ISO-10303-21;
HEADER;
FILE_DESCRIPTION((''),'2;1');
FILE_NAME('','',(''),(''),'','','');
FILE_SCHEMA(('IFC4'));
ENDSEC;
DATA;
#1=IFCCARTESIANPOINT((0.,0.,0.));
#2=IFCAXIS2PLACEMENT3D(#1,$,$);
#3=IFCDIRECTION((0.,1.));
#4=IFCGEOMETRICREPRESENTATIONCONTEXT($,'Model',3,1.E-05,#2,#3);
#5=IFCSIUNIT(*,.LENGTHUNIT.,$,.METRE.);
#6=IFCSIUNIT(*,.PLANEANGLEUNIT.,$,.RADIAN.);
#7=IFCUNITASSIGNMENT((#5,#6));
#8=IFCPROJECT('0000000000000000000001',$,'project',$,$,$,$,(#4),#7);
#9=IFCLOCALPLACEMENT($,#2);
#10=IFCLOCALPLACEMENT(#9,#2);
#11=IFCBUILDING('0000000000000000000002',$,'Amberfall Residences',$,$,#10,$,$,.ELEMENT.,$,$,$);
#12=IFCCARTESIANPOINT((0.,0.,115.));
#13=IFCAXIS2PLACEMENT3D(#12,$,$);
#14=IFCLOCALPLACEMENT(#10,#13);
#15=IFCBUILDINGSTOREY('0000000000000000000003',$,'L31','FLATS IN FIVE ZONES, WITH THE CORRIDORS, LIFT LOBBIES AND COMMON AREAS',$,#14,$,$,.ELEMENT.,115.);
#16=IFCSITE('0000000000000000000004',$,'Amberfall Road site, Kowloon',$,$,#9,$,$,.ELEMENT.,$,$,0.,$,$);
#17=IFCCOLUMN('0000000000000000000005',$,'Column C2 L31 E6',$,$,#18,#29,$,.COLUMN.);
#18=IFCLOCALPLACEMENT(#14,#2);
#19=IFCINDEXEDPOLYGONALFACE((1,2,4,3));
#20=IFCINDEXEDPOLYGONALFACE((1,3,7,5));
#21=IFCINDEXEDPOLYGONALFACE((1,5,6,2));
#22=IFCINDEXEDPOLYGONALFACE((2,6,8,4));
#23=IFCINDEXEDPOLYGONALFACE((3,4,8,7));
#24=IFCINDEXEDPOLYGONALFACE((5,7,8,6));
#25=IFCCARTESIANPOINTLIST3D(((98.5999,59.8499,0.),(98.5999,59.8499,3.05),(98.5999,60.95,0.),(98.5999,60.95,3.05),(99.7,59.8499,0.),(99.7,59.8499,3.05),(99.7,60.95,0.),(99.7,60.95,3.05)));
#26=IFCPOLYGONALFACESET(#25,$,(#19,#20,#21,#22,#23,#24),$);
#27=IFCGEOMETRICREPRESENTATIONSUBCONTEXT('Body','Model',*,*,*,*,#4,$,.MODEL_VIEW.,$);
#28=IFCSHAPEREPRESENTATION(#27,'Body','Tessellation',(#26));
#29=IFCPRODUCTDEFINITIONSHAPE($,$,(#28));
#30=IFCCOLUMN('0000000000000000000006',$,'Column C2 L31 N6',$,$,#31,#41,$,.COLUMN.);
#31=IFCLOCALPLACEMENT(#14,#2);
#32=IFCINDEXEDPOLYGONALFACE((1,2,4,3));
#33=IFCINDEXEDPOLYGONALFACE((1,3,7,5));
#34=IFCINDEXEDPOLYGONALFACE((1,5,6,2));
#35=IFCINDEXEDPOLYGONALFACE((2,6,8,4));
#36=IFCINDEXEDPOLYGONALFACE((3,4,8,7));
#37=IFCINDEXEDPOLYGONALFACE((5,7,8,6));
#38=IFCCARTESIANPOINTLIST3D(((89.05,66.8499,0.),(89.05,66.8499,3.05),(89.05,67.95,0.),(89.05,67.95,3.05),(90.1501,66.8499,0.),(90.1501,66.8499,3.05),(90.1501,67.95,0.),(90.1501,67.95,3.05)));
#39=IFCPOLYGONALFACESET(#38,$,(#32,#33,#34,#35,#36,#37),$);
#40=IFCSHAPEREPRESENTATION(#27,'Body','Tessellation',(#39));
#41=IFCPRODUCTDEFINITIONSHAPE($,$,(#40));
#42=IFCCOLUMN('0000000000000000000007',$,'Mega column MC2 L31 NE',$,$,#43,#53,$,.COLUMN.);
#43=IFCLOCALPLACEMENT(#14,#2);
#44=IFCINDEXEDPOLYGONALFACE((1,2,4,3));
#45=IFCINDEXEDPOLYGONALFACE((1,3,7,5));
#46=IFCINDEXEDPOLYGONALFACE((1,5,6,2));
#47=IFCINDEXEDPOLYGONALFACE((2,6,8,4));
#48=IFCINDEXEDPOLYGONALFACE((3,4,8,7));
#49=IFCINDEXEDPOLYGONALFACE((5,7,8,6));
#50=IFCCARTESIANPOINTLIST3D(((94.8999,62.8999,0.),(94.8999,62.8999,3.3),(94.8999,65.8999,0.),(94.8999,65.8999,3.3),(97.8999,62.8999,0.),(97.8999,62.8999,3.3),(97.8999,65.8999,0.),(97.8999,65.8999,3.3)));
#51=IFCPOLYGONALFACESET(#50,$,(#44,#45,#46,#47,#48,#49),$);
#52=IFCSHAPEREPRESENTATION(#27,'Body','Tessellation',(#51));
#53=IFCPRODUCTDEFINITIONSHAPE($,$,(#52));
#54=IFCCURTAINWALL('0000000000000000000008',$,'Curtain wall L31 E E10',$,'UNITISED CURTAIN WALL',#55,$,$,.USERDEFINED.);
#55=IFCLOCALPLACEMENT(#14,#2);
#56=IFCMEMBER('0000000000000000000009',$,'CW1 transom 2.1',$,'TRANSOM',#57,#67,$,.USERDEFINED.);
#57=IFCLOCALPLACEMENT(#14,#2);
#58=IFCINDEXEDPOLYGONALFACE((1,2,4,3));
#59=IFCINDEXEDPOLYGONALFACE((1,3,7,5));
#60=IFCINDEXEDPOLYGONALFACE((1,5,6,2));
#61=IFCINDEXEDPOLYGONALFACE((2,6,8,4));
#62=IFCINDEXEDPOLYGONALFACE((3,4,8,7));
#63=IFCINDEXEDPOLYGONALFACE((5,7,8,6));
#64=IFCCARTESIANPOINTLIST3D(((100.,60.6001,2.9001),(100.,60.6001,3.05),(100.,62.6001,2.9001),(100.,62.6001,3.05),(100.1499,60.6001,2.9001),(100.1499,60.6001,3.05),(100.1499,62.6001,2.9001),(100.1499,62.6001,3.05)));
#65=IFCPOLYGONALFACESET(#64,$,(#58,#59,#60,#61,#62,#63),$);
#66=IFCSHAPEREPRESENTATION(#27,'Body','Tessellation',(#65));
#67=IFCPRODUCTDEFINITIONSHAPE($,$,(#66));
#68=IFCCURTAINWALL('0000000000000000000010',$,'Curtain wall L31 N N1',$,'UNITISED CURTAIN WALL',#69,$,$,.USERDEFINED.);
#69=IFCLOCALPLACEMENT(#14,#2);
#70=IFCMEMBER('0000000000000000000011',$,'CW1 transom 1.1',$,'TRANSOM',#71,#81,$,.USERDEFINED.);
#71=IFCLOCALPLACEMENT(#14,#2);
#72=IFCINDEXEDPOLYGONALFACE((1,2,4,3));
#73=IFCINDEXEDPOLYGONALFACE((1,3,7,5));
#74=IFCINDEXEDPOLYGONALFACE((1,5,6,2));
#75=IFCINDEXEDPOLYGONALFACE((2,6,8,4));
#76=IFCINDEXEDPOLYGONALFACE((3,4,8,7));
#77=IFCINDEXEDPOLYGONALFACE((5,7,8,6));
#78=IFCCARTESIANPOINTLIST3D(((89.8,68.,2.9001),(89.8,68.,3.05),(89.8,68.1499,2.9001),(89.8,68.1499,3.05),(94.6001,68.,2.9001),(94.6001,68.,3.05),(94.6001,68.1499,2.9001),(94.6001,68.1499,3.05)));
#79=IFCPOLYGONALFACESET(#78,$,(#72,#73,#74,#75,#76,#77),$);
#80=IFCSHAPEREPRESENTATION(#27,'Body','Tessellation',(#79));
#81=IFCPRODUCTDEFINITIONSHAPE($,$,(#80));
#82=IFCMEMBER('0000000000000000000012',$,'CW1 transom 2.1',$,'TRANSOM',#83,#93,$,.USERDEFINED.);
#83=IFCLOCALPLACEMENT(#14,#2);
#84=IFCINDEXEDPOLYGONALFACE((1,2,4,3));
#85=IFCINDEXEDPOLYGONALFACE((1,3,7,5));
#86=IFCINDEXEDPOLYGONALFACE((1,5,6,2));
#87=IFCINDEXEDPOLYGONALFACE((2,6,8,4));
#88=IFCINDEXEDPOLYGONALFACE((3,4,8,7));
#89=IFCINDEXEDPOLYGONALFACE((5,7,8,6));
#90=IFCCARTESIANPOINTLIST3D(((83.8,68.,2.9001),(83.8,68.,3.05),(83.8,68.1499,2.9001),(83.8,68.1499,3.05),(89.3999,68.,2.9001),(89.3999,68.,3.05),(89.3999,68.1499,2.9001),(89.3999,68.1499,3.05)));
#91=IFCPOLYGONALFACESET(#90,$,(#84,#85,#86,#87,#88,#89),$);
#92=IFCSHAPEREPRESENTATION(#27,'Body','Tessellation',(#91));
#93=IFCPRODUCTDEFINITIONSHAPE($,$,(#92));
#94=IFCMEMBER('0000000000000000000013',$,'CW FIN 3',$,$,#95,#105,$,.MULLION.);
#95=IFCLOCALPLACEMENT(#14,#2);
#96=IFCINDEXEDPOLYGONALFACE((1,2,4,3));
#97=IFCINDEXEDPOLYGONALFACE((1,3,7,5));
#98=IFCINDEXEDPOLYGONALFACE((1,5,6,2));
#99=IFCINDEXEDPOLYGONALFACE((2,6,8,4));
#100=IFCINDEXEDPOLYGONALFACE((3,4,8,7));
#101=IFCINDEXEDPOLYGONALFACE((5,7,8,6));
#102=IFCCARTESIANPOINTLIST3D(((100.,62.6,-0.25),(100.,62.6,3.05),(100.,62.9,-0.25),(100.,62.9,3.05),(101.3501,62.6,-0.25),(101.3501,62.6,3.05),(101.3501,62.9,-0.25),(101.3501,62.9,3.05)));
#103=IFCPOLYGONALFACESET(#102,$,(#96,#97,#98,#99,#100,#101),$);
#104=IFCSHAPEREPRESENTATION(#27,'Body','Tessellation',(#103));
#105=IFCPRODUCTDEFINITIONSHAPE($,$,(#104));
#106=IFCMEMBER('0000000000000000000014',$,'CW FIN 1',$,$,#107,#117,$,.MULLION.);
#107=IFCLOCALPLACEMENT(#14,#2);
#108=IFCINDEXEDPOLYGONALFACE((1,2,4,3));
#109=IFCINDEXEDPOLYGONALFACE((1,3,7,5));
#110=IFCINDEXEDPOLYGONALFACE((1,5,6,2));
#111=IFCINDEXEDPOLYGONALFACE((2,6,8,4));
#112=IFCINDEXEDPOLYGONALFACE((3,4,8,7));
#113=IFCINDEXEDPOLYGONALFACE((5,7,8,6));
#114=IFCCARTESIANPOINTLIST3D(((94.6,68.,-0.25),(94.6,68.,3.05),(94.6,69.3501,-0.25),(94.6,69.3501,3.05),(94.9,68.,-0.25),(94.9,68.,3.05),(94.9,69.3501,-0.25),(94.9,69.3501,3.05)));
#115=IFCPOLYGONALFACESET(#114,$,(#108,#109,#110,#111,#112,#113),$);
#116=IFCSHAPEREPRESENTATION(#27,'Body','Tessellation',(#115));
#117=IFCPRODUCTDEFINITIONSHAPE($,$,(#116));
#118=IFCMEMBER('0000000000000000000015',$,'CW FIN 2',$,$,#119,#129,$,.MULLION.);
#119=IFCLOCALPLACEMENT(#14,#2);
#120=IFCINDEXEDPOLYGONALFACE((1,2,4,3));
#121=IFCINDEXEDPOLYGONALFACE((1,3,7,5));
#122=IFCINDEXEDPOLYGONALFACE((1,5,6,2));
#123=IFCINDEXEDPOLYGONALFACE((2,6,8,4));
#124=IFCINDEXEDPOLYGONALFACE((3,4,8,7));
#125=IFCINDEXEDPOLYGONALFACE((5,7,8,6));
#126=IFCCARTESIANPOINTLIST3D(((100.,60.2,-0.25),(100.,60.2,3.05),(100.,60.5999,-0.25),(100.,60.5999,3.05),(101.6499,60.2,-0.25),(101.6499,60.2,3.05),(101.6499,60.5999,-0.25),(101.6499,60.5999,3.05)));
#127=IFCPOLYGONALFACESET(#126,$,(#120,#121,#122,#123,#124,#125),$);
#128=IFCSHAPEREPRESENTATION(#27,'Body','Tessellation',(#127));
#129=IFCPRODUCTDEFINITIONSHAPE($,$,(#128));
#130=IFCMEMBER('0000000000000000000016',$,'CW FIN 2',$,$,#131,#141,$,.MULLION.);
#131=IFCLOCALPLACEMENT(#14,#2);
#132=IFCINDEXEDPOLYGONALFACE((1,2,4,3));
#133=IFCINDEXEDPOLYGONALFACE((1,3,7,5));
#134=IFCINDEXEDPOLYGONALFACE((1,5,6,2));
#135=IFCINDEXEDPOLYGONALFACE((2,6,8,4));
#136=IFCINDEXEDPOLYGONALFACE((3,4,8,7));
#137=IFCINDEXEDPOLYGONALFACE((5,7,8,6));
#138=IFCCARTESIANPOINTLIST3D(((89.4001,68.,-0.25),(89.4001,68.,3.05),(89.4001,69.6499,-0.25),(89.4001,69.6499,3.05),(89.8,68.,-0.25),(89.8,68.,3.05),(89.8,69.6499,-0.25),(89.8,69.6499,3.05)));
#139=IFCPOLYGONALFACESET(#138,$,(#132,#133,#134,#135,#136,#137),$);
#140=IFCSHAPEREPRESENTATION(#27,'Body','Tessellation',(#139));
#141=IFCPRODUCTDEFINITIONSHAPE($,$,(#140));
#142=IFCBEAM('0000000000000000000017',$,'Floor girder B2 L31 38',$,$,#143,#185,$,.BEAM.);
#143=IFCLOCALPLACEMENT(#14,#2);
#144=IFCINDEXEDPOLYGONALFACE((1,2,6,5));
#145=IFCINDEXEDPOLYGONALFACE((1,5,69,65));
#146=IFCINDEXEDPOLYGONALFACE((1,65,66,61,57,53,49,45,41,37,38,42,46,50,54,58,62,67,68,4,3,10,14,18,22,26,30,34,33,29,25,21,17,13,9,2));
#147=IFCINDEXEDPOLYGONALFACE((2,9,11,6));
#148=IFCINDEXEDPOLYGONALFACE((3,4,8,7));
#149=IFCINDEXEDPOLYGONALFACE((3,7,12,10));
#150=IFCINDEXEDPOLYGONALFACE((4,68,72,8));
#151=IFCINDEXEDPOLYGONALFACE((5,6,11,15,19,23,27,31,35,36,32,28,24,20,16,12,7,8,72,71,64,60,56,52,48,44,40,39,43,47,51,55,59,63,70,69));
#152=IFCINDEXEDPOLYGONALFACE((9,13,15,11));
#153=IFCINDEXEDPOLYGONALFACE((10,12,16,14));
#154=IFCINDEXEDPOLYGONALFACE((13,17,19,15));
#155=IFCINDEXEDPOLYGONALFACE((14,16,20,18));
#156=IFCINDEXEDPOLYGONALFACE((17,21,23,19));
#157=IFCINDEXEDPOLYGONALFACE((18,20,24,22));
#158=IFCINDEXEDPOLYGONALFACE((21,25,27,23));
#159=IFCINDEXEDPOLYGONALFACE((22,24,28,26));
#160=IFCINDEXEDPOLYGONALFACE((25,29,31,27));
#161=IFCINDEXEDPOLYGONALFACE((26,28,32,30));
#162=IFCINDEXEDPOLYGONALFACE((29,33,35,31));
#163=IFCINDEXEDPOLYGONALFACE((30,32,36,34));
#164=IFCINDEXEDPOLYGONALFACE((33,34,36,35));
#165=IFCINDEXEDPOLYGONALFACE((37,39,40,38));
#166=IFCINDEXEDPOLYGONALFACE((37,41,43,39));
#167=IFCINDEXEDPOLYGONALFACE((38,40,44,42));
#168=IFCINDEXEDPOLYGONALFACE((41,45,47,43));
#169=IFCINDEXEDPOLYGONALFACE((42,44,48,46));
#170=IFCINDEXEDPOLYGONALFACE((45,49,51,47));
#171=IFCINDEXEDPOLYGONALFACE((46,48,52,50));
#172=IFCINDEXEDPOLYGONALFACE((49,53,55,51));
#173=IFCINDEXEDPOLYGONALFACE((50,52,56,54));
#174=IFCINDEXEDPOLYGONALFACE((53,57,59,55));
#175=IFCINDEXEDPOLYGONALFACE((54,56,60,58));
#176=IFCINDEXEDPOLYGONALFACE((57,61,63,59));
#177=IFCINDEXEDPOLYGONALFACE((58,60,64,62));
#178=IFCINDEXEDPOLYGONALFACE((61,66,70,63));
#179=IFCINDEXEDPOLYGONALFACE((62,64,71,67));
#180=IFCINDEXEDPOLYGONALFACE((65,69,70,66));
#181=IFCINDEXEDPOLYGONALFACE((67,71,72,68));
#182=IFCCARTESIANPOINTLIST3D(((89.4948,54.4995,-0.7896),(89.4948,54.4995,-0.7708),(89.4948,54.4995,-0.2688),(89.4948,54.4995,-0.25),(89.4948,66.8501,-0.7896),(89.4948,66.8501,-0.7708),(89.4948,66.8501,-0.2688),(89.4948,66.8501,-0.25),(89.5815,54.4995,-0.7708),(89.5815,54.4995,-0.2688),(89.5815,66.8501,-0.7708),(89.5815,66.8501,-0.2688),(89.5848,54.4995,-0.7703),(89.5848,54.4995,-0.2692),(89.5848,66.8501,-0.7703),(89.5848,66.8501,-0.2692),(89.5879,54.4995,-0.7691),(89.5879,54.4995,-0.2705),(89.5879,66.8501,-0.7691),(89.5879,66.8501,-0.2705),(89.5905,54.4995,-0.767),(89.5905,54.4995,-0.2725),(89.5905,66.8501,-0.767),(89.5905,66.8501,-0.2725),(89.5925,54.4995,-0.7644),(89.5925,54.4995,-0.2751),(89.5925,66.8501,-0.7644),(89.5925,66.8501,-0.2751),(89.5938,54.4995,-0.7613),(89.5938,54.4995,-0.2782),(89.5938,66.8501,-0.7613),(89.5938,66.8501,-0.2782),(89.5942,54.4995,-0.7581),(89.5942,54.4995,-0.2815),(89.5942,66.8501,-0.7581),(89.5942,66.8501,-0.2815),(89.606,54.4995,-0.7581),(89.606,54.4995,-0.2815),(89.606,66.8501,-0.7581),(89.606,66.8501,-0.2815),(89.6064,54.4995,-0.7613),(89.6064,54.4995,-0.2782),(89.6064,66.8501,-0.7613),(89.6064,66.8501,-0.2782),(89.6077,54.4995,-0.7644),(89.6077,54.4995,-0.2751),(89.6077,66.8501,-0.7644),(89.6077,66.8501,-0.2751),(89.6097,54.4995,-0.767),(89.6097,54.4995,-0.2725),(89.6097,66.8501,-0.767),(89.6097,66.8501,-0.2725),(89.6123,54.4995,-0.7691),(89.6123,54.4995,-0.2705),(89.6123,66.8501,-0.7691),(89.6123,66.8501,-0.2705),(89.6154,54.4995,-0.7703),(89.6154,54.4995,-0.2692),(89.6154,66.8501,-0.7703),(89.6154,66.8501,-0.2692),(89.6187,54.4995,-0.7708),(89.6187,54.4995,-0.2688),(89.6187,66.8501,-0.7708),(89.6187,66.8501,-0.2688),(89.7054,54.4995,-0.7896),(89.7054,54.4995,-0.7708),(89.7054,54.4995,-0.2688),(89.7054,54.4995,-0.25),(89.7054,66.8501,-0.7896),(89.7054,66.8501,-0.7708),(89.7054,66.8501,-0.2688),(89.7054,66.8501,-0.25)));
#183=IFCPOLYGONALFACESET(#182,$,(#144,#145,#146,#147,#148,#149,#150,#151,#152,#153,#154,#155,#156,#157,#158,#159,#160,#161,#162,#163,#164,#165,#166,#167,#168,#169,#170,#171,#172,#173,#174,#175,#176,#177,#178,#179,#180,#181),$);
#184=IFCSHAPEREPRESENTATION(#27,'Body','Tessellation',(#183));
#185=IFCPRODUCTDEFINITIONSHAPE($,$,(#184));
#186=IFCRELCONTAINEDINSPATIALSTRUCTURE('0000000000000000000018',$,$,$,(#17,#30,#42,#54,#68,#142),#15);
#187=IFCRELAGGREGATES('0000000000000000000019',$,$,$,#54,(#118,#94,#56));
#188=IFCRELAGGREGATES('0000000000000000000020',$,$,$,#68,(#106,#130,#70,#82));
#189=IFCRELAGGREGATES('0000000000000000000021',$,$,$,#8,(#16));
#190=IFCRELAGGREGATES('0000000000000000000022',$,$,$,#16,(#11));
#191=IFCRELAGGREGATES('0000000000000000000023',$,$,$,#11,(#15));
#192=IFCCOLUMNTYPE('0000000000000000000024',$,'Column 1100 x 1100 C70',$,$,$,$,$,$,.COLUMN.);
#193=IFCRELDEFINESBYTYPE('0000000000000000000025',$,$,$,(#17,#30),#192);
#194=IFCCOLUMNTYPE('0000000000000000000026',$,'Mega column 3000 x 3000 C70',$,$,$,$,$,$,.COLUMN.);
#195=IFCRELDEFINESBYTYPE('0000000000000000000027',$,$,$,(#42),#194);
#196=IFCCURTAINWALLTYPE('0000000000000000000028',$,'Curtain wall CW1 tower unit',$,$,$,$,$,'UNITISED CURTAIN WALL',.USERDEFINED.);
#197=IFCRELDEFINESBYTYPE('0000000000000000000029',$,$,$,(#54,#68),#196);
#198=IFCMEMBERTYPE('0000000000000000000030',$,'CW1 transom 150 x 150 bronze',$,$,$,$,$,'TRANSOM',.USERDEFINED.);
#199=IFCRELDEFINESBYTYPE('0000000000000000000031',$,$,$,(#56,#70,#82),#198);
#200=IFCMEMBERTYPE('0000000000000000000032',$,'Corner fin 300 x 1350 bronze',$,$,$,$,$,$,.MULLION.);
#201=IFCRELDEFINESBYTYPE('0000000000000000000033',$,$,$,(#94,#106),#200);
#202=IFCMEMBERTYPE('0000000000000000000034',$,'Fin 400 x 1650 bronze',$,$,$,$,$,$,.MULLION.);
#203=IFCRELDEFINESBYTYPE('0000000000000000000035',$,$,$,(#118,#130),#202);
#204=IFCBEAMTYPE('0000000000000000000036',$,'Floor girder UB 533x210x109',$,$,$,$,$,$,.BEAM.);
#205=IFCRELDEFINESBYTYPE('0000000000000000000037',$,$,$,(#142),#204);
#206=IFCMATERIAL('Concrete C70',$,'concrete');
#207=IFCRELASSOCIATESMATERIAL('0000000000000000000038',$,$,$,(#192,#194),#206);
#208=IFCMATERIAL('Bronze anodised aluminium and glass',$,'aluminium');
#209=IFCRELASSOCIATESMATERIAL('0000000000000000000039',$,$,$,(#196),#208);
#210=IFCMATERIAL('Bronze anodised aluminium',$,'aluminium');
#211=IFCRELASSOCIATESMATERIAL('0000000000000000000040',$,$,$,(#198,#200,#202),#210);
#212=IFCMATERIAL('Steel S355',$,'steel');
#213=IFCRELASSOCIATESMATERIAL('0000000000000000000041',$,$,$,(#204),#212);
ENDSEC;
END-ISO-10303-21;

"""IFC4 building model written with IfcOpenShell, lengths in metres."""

from ifc_helpers import new_model, si_unit, direction, frame, origin, origin_2d, place, context, subcontext, project, spatial, rectangle, i_section, extrude, material, material_profile, profile_set, type_object, element, aggregate, save


model = new_model("IFC4")

# Units and contexts
model_context = context("Model", 3, precision=1e-05, world=origin(), true_north=direction((0.0, 1.0)))
body_context = subcontext(model_context, "Body", "Model", "MODEL_VIEW")
ifc_project = project(units=[si_unit("LENGTHUNIT", "METRE"), si_unit("PLANEANGLEUNIT", "RADIAN")], contexts=[model_context])

# Site, building, storey
site_placement = place(None, origin())
site = spatial("IfcSite", under=ifc_project, at=site_placement, Name="Amberfall Road site, Kowloon", CompositionType="ELEMENT", RefElevation=0.0)
building_placement = place(site_placement, origin())
building = spatial("IfcBuilding", under=site, at=building_placement, Name="Amberfall Residences", CompositionType="ELEMENT")
storey_placement = place(building_placement, frame((0.0, 0.0, 115.0)))
storey = spatial("IfcBuildingStorey", under=building, at=storey_placement, Name="L31", Description="FLATS IN FIVE ZONES, WITH THE CORRIDORS, LIFT LOBBIES AND COMMON AREAS", CompositionType="ELEMENT", Elevation=115.0)

# Columns
ifc_material_1 = material(Name="Concrete C70", Category="concrete")
ifc_material_profile_1 = material_profile(ifc_material_1, rectangle(XDim=1.1001, YDim=1.1001, at=origin_2d()), Name="Column 1100 x 1100 C70")
ifc_profile_set_1 = profile_set([ifc_material_profile_1], Name="Concrete C70")
column_type_1 = type_object("IfcColumnType", Name="Column 1100 x 1100 C70", PredefinedType="COLUMN", material=ifc_profile_set_1)
for number, where, z_axis, x_axis, name in (
    (1, (99.1499, 60.3999, 0.0), (0.0, 0.0, 1.0), (1.0, 0.0, 0.0), "Column C2 L31 E6"),
    (2, (89.6001, 67.3999, 0.0), (0.0, 0.0, 1.0), (1.0, 0.0, 0.0), "Column C2 L31 N6"),
):
    element("IfcColumn", number, at=place(storey_placement, frame(where, z_axis=z_axis, x_axis=x_axis)), inside=storey, type_object=column_type_1, Name=name, PredefinedType="COLUMN", context=body_context, shape_type="SweptSolid", body=[
        extrude(rectangle(XDim=1.1001, YDim=1.1001, at=origin_2d()), origin(), (0.0, 0.0, 1.0), 3.05),
    ])
ifc_material_profile_2 = material_profile(ifc_material_1, rectangle(XDim=3.0, YDim=3.0, at=origin_2d()), Name="Mega column 3000 x 3000 C70")
ifc_profile_set_2 = profile_set([ifc_material_profile_2], Name="Concrete C70")
column_type_2 = type_object("IfcColumnType", Name="Mega column 3000 x 3000 C70", PredefinedType="COLUMN", material=ifc_profile_set_2)
column_placement = place(storey_placement, frame((96.3999, 64.3999, 0.0), z_axis=(0.0, 0.0, 1.0), x_axis=(1.0, 0.0, 0.0)))
element("IfcColumn", 3, at=column_placement, inside=storey, type_object=column_type_2, Name="Mega column MC2 L31 NE", PredefinedType="COLUMN", context=body_context, shape_type="SweptSolid", body=[
    extrude(rectangle(XDim=3.0, YDim=3.0, at=origin_2d()), origin(), (0.0, 0.0, 1.0), 3.3),
])

# Curtain wall, member
ifc_material_2 = material(Name="Bronze anodised aluminium and glass", Category="aluminium")
curtain_wall_type = type_object("IfcCurtainWallType", Name="Curtain wall CW1 tower unit", ElementType="UNITISED CURTAIN WALL", PredefinedType="USERDEFINED", material=ifc_material_2)
curtain_wall_1_placement = place(storey_placement, origin())
curtain_wall_1 = element("IfcCurtainWall", 4, at=curtain_wall_1_placement, inside=storey, type_object=curtain_wall_type, Name="Curtain wall L31 E E10", ObjectType="UNITISED CURTAIN WALL", PredefinedType="USERDEFINED")
ifc_material_3 = material(Name="Bronze anodised aluminium", Category="aluminium")
ifc_material_profile_3 = material_profile(ifc_material_3, rectangle(XDim=0.1499, YDim=0.1499, at=origin_2d()), Name="CW1 transom 150 x 150 bronze")
ifc_profile_set_3 = profile_set([ifc_material_profile_3], Name="Bronze anodised aluminium")
member_type_1 = type_object("IfcMemberType", Name="CW1 transom 150 x 150 bronze", ElementType="TRANSOM", PredefinedType="USERDEFINED", material=ifc_profile_set_3)
member_1_placement = place(storey_placement, frame((100.075, 60.6001, 2.9751), z_axis=(0.0, 1.0, 0.0), x_axis=(-1.0, 0.0, 0.0)))
member_1 = element("IfcMember", 5, at=member_1_placement, type_object=member_type_1, Name="CW1 transom 2.1", ObjectType="TRANSOM", PredefinedType="USERDEFINED", context=body_context, shape_type="SweptSolid", body=[
    extrude(rectangle(XDim=0.1499, YDim=0.1499, at=origin_2d()), origin(), (0.0, 0.0, 1.0), 2.0),
])

# Curtain wall, members
curtain_wall_2_placement = place(storey_placement, origin())
curtain_wall_2 = element("IfcCurtainWall", 6, at=curtain_wall_2_placement, inside=storey, type_object=curtain_wall_type, Name="Curtain wall L31 N N1", ObjectType="UNITISED CURTAIN WALL", PredefinedType="USERDEFINED")
member_2_placement = place(storey_placement, frame((94.6001, 68.075, 2.9751), z_axis=(-1.0, 0.0, 0.0), x_axis=(0.0, -1.0, 0.0)))
member_2 = element("IfcMember", 7, at=member_2_placement, type_object=member_type_1, Name="CW1 transom 1.1", ObjectType="TRANSOM", PredefinedType="USERDEFINED", context=body_context, shape_type="SweptSolid", body=[
    extrude(rectangle(XDim=0.1499, YDim=0.1499, at=origin_2d()), origin(), (0.0, 0.0, 1.0), 4.8),
])
member_3_placement = place(storey_placement, frame((89.3999, 68.075, 2.9751), z_axis=(-1.0, 0.0, 0.0), x_axis=(0.0, -1.0, 0.0)))
member_3 = element("IfcMember", 8, at=member_3_placement, type_object=member_type_1, Name="CW1 transom 2.1", ObjectType="TRANSOM", PredefinedType="USERDEFINED", context=body_context, shape_type="SweptSolid", body=[
    extrude(rectangle(XDim=0.1499, YDim=0.1499, at=origin_2d()), origin(), (0.0, 0.0, 1.0), 5.5999),
])

# Members
ifc_material_profile_4 = material_profile(ifc_material_3, rectangle(XDim=1.3501, YDim=0.3, at=origin_2d()), Name="Corner fin 300 x 1350 bronze")
ifc_profile_set_4 = profile_set([ifc_material_profile_4], Name="Bronze anodised aluminium")
member_type_2 = type_object("IfcMemberType", Name="Corner fin 300 x 1350 bronze", PredefinedType="MULLION", material=ifc_profile_set_4)
member_4_placement = place(storey_placement, frame((100.675, 62.75, -0.25), z_axis=(0.0, 0.0, 1.0), x_axis=(-1.0, 0.0, 0.0)))
member_4 = element("IfcMember", 9, at=member_4_placement, type_object=member_type_2, Name="CW FIN 3", PredefinedType="MULLION", context=body_context, shape_type="SweptSolid", body=[
    extrude(rectangle(XDim=1.3501, YDim=0.3, at=origin_2d()), origin(), (0.0, 0.0, 1.0), 3.3),
])
member_5_placement = place(storey_placement, frame((94.75, 68.675, -0.25), z_axis=(0.0, 0.0, 1.0), x_axis=(0.0, -1.0, 0.0)))
member_5 = element("IfcMember", 10, at=member_5_placement, type_object=member_type_2, Name="CW FIN 1", PredefinedType="MULLION", context=body_context, shape_type="SweptSolid", body=[
    extrude(rectangle(XDim=1.3501, YDim=0.3, at=origin_2d()), origin(), (0.0, 0.0, 1.0), 3.3),
])
ifc_material_profile_5 = material_profile(ifc_material_3, rectangle(XDim=1.6499, YDim=0.3999, at=origin_2d()), Name="Fin 400 x 1650 bronze")
ifc_profile_set_5 = profile_set([ifc_material_profile_5], Name="Bronze anodised aluminium")
member_type_3 = type_object("IfcMemberType", Name="Fin 400 x 1650 bronze", PredefinedType="MULLION", material=ifc_profile_set_5)
member_6_placement = place(storey_placement, frame((100.825, 60.3999, -0.25), z_axis=(0.0, 0.0, 1.0), x_axis=(-1.0, 0.0, 0.0)))
member_6 = element("IfcMember", 11, at=member_6_placement, type_object=member_type_3, Name="CW FIN 2", PredefinedType="MULLION", context=body_context, shape_type="SweptSolid", body=[
    extrude(rectangle(XDim=1.6499, YDim=0.3999, at=origin_2d()), origin(), (0.0, 0.0, 1.0), 3.3),
])
member_7_placement = place(storey_placement, frame((89.6001, 68.825, -0.25), z_axis=(0.0, 0.0, 1.0), x_axis=(0.0, -1.0, 0.0)))
member_7 = element("IfcMember", 12, at=member_7_placement, type_object=member_type_3, Name="CW FIN 2", PredefinedType="MULLION", context=body_context, shape_type="SweptSolid", body=[
    extrude(rectangle(XDim=1.6499, YDim=0.3999, at=origin_2d()), origin(), (0.0, 0.0, 1.0), 3.3),
])

# Beam
ifc_material_4 = material(Name="Steel S355", Category="steel")
ifc_material_profile_6 = material_profile(ifc_material_4, i_section(OverallWidth=0.2107, OverallDepth=0.5396, WebThickness=0.0117, FlangeThickness=0.0188, FilletRadius=0.0127, at=origin_2d()), Name="UB 533x210x109")
ifc_profile_set_6 = profile_set([ifc_material_profile_6], Name="Steel S355")
beam_type_1 = type_object("IfcBeamType", Name="Floor girder UB 533x210x109", PredefinedType="BEAM", material=ifc_profile_set_6)
beam_1_placement = place(storey_placement, frame((89.6001, 66.8501, -0.5198), z_axis=(0.0, -1.0, 0.0), x_axis=(1.0, 0.0, 0.0)))
element("IfcBeam", 13, at=beam_1_placement, inside=storey, type_object=beam_type_1, Name="Floor girder B2 L31 38", PredefinedType="BEAM", context=body_context, shape_type="SweptSolid", body=[
    extrude(i_section(OverallWidth=0.2107, OverallDepth=0.5396, WebThickness=0.0117, FlangeThickness=0.0188, FilletRadius=0.0127, at=origin_2d()), origin(), (0.0, 0.0, 1.0), 12.3506),
])

aggregate(curtain_wall_1, [member_6, member_4, member_1])
aggregate(curtain_wall_2, [member_5, member_7, member_2, member_3])

save(model, "model.ifc")
